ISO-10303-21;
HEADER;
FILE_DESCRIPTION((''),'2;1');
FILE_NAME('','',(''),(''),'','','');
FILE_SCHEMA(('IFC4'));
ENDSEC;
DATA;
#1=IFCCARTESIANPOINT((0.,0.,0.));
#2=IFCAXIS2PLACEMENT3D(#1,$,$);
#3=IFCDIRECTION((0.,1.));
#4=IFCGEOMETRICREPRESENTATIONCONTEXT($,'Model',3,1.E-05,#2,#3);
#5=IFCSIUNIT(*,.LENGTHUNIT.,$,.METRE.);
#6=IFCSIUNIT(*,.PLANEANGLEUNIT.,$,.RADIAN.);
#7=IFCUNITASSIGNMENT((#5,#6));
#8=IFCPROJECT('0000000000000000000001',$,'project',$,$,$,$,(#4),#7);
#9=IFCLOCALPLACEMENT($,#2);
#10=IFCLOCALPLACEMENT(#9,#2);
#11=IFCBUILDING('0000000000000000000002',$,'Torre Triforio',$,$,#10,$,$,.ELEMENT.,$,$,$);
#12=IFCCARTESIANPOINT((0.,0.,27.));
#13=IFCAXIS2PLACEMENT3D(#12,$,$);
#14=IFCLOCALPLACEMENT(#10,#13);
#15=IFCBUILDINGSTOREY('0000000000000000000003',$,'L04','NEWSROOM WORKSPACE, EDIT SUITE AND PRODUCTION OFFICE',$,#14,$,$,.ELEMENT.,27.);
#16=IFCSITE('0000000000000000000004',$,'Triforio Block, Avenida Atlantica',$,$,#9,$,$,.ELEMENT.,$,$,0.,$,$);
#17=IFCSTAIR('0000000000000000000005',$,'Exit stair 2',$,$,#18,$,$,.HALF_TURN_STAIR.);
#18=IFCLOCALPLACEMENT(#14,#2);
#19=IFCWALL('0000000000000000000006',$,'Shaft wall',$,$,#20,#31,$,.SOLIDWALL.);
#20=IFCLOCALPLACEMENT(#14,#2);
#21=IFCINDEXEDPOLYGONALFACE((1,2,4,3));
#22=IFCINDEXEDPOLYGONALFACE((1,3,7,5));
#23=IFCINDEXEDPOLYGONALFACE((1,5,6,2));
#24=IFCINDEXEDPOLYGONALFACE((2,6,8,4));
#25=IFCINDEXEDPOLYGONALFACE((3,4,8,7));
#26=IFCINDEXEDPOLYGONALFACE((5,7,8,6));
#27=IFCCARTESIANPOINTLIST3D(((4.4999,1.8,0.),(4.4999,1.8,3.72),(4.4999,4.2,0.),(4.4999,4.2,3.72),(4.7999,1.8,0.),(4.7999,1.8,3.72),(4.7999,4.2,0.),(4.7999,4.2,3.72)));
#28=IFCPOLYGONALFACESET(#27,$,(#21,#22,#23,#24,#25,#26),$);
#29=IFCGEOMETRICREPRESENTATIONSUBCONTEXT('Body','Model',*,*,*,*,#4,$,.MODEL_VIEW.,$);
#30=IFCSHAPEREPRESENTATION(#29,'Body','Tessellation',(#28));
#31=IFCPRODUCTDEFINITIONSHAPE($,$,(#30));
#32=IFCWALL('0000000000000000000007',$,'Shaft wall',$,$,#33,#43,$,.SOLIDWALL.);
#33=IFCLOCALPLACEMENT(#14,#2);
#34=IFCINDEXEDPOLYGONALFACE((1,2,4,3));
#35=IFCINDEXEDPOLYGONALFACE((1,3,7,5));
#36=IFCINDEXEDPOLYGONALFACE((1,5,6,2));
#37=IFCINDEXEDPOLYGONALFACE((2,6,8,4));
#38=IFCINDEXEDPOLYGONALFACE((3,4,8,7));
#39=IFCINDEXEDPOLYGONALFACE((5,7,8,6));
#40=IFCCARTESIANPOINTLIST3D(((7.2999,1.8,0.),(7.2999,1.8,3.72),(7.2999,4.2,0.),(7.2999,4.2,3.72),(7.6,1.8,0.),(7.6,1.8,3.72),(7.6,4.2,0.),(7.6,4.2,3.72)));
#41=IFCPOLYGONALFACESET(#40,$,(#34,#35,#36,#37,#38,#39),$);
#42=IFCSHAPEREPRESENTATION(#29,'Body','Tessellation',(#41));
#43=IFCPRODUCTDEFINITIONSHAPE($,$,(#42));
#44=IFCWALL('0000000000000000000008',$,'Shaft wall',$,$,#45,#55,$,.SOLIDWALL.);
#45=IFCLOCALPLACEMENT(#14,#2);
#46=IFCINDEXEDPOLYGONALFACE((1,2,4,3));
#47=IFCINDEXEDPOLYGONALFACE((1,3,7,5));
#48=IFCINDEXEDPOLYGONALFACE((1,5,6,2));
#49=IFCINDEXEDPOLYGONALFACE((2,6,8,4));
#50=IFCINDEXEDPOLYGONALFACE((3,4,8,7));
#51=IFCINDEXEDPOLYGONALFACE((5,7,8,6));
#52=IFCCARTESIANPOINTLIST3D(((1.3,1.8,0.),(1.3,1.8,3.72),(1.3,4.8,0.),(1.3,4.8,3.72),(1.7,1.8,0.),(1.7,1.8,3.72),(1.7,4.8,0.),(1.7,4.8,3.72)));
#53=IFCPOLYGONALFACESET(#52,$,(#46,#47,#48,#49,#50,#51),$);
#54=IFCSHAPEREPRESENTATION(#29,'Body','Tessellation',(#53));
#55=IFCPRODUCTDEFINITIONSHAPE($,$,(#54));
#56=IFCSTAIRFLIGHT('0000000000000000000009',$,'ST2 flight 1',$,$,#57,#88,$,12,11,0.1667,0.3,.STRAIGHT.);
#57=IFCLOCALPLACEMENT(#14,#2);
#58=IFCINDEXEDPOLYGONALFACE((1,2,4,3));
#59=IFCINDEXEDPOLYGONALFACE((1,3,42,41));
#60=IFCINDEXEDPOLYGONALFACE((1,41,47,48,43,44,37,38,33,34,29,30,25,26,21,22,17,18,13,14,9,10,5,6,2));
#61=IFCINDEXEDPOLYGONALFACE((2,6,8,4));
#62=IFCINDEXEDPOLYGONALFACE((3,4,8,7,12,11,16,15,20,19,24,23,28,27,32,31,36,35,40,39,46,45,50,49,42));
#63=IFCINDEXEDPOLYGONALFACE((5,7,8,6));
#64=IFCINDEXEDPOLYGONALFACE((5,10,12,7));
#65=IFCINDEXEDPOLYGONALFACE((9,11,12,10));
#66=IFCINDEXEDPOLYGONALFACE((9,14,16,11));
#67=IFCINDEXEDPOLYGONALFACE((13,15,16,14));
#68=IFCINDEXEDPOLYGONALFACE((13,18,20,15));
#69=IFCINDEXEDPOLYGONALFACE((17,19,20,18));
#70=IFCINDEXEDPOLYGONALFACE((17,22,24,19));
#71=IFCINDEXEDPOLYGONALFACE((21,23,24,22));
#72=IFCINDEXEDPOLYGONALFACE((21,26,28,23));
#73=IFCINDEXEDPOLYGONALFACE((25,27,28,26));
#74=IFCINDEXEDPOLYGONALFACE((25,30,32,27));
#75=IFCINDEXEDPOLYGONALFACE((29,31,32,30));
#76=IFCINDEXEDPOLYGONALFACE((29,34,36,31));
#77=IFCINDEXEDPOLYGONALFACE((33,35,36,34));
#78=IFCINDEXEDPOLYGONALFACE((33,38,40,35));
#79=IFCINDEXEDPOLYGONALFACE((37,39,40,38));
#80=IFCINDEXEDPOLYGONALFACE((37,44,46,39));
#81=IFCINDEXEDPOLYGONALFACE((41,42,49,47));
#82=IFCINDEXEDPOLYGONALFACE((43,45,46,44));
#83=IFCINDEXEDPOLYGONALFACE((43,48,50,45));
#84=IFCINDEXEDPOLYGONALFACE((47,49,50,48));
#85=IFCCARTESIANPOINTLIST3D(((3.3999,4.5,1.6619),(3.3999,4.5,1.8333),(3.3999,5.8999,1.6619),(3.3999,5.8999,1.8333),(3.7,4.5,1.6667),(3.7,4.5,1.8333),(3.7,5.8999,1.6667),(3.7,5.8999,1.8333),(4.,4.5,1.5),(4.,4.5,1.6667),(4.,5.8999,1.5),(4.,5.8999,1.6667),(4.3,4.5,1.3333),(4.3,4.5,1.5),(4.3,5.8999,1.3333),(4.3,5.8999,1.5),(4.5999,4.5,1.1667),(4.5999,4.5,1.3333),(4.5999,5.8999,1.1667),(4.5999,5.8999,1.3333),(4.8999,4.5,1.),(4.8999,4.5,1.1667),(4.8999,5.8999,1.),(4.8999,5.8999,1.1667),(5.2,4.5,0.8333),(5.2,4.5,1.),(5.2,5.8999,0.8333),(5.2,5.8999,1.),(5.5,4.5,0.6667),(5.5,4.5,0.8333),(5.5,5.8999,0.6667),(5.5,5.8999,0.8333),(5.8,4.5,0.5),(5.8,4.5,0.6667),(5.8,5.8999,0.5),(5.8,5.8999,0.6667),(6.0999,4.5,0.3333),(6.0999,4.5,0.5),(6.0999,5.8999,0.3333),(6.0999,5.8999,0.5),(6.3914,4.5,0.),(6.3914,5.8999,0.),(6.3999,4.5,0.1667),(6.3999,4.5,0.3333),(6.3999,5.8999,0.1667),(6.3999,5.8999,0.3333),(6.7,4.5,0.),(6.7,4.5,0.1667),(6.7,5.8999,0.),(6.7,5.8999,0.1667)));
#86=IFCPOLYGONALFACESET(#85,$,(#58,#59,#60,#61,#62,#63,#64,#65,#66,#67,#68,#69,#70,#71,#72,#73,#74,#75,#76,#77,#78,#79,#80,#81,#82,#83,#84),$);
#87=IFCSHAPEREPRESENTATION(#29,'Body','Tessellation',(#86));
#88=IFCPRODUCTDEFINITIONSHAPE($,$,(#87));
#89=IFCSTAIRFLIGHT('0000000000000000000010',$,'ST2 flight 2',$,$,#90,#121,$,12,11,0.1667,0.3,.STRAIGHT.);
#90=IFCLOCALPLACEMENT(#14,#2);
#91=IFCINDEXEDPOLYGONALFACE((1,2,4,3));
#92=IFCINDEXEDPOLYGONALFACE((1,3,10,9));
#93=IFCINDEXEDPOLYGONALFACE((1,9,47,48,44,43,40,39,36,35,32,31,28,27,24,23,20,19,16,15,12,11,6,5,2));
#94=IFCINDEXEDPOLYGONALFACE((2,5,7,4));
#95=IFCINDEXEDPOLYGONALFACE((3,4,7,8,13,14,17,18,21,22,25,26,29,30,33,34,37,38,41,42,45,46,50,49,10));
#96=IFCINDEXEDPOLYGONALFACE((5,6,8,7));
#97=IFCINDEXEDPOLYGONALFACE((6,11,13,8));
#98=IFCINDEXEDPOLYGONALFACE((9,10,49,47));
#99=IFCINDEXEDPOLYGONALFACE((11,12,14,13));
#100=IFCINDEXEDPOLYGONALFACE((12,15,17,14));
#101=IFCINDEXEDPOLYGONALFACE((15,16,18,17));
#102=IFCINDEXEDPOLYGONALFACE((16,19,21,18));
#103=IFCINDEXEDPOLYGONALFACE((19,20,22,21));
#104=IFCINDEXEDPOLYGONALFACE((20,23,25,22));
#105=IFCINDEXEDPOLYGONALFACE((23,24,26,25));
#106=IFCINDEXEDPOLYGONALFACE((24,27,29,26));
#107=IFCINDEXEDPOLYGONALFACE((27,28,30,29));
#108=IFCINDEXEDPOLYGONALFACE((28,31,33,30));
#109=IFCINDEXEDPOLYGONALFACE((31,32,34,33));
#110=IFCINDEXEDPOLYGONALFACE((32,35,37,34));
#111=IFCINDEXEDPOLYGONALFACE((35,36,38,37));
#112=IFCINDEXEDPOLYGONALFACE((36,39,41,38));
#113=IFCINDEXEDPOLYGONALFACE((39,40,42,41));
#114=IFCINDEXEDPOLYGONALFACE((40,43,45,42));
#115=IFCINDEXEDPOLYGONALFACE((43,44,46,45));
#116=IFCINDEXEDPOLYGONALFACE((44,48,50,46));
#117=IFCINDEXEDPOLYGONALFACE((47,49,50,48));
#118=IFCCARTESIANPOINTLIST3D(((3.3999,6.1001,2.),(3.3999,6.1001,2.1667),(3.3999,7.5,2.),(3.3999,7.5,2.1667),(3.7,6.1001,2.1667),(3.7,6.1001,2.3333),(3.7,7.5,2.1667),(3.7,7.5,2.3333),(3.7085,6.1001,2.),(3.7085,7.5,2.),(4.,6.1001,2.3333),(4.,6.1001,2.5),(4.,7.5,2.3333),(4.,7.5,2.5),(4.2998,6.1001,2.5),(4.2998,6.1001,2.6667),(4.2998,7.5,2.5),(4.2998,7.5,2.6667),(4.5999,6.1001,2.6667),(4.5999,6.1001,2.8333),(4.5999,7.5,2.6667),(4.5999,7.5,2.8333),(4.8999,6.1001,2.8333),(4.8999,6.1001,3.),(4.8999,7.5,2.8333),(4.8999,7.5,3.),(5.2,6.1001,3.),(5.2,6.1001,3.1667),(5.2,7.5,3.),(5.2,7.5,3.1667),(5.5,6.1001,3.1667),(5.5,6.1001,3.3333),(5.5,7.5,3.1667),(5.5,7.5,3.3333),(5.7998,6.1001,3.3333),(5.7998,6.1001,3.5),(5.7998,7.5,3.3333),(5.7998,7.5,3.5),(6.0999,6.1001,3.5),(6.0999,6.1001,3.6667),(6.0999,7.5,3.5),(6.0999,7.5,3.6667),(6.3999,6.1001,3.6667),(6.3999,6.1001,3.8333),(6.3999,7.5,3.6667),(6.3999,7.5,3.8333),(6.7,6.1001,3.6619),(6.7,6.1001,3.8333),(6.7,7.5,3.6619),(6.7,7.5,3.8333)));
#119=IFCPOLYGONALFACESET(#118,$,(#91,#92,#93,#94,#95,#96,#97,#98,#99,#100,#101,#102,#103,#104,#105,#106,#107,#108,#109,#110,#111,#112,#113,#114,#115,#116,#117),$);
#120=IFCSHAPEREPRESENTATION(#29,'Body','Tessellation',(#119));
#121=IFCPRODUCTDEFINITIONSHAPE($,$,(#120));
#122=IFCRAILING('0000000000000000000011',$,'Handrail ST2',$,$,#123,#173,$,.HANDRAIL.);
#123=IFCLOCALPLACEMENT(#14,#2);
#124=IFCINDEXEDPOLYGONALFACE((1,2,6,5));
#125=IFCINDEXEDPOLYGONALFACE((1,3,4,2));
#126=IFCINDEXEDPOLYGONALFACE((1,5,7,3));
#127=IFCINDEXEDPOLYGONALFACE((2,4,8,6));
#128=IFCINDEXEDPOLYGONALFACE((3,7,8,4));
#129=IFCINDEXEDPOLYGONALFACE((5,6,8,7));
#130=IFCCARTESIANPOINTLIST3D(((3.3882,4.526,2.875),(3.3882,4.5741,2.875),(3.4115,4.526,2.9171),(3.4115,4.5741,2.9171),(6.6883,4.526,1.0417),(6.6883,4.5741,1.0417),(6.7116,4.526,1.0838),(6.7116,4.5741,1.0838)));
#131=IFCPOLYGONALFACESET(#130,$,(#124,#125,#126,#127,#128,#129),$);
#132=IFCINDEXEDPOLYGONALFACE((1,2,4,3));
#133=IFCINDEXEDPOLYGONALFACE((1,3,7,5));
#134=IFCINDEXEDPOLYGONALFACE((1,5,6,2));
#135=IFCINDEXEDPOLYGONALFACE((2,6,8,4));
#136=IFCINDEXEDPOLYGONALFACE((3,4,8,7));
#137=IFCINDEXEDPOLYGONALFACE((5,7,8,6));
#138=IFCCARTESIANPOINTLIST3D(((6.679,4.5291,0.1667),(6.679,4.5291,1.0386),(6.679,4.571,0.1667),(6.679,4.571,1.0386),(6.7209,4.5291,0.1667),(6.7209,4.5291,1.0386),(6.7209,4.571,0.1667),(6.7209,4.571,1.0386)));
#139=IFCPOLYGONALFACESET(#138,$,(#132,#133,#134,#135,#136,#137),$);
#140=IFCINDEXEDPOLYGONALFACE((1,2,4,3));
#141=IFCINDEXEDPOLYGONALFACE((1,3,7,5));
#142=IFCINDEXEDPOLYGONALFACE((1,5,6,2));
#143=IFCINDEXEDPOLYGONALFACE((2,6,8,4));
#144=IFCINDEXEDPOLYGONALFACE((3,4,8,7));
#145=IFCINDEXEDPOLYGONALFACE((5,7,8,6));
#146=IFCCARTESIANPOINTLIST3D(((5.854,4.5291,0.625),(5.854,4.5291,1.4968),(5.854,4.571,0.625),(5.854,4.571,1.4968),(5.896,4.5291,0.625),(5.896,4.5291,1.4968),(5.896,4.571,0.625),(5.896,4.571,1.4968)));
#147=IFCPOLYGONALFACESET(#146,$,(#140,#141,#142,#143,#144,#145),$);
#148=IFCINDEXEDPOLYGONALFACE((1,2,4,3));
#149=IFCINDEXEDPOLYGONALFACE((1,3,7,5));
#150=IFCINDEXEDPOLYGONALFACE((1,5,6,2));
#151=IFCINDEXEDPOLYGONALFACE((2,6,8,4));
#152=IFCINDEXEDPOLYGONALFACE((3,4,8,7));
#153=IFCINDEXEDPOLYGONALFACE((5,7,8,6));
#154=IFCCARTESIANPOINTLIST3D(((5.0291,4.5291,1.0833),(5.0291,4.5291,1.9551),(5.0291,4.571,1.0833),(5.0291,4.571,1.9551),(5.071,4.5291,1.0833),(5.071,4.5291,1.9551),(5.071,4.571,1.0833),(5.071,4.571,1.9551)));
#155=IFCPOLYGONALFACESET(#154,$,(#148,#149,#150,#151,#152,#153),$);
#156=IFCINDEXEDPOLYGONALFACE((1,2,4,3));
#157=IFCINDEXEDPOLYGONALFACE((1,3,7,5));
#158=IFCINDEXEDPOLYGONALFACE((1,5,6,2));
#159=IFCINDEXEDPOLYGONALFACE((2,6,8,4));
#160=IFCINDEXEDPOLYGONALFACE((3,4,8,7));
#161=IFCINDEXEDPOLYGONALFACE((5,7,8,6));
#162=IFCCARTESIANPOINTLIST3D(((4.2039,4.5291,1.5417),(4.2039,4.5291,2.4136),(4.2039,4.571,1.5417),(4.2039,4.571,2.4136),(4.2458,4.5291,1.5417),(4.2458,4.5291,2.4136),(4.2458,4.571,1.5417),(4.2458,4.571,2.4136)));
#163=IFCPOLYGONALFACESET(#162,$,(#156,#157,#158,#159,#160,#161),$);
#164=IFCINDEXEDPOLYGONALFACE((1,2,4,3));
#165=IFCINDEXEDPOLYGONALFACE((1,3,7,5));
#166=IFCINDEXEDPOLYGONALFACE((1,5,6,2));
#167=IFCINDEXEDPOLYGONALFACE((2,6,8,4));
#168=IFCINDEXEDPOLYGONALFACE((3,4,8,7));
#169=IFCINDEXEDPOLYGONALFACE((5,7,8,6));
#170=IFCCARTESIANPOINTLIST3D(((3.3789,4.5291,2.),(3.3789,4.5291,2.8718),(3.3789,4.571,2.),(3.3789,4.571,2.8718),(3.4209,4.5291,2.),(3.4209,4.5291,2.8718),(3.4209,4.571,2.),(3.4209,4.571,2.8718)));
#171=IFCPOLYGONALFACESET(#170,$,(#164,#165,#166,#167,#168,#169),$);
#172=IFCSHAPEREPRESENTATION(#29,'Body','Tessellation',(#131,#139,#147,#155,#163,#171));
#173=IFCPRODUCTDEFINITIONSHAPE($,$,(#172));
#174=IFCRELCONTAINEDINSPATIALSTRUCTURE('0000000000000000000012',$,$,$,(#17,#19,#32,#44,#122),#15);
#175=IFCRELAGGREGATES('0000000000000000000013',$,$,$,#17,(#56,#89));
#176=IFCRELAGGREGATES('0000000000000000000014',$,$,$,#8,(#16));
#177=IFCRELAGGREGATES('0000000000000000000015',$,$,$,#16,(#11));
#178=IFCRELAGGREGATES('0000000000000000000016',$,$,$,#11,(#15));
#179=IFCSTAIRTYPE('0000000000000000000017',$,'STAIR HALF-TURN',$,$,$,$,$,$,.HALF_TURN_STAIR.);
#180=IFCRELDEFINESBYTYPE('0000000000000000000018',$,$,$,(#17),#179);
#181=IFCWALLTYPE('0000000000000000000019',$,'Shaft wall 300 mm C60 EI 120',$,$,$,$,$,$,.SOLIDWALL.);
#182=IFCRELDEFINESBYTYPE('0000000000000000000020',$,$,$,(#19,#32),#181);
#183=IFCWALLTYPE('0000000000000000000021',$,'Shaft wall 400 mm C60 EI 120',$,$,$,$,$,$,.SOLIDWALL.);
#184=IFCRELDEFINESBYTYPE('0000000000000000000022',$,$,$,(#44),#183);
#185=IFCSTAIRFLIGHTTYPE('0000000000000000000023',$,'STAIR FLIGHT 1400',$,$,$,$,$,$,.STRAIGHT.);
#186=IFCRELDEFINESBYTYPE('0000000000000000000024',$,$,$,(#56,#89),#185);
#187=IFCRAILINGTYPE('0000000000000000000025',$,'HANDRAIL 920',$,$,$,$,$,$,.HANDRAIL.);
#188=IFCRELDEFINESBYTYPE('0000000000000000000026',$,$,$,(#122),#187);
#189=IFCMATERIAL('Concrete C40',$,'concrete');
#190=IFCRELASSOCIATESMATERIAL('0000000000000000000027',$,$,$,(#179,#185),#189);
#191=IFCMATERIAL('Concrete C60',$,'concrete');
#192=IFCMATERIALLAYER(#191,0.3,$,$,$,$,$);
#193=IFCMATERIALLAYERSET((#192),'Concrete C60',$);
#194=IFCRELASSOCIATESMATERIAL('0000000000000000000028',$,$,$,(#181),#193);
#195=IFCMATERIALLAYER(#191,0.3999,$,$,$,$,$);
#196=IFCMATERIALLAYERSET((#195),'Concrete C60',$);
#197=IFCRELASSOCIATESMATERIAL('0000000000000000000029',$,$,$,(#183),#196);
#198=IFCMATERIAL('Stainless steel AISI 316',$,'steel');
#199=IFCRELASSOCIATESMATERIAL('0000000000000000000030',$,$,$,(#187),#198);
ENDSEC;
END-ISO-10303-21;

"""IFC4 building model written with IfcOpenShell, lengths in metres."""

from ifc_helpers import new_model, si_unit, direction, frame, frame_2d, origin, origin_2d, place, context, subcontext, project, spatial, polyline, rectangle, outline, extrude, material, layer, layer_set, type_object, element, aggregate, save


model = new_model("IFC4")

# Units and contexts
model_context = context("Model", 3, precision=1e-05, world=origin(), true_north=direction((0.0, 1.0)))
body_context = subcontext(model_context, "Body", "Model", "MODEL_VIEW")
ifc_project = project(units=[si_unit("LENGTHUNIT", "METRE"), si_unit("PLANEANGLEUNIT", "RADIAN")], contexts=[model_context])

# Site, building, storey
site_placement = place(None, origin())
site = spatial("IfcSite", under=ifc_project, at=site_placement, Name="Triforio Block, Avenida Atlantica", CompositionType="ELEMENT", RefElevation=0.0)
building_placement = place(site_placement, origin())
building = spatial("IfcBuilding", under=site, at=building_placement, Name="Torre Triforio", CompositionType="ELEMENT")
storey_placement = place(building_placement, frame((0.0, 0.0, 27.0)))
storey = spatial("IfcBuildingStorey", under=building, at=storey_placement, Name="L04", Description="NEWSROOM WORKSPACE, EDIT SUITE AND PRODUCTION OFFICE", CompositionType="ELEMENT", Elevation=27.0)

# Shared definitions
ifc_material_1 = material(Name="Concrete C60", Category="concrete")

# Stair
ifc_material_2 = material(Name="Concrete C40", Category="concrete")
stair_type = type_object("IfcStairType", Name="STAIR HALF-TURN", PredefinedType="HALF_TURN_STAIR", material=ifc_material_2)
stair_1_placement = place(storey_placement, origin())
stair_1 = element("IfcStair", 1, at=stair_1_placement, inside=storey, type_object=stair_type, Name="Exit stair 2", PredefinedType="HALF_TURN_STAIR")

# Walls
ifc_layer_1 = layer(ifc_material_1, 0.3)
ifc_layer_set_1 = layer_set([ifc_layer_1], Name="Concrete C60")
wall_type_1 = type_object("IfcWallType", Name="Shaft wall 300 mm C60 EI 120", PredefinedType="SOLIDWALL", material=ifc_layer_set_1)
for number, where, z_axis, x_axis, name in (
    (2, (4.6499, 1.8, 0.0), (0.0, 0.0, 1.0), (0.0, 1.0, 0.0), "Shaft wall"),
    (3, (7.45, 1.8, 0.0), (0.0, 0.0, 1.0), (0.0, 1.0, 0.0), "Shaft wall"),
):
    element("IfcWall", number, at=place(storey_placement, frame(where, z_axis=z_axis, x_axis=x_axis)), inside=storey, type_object=wall_type_1, Name=name, PredefinedType="SOLIDWALL", context=body_context, shape_type="SweptSolid", body=[
        extrude(rectangle(XDim=2.3999, YDim=0.3, at=frame_2d((1.2, 0.0))), origin(), (0.0, 0.0, 1.0), 3.72),
    ])
ifc_layer_2 = layer(ifc_material_1, 0.3999)
ifc_layer_set_2 = layer_set([ifc_layer_2], Name="Concrete C60")
wall_type_2 = type_object("IfcWallType", Name="Shaft wall 400 mm C60 EI 120", PredefinedType="SOLIDWALL", material=ifc_layer_set_2)
wall_1_placement = place(storey_placement, frame((1.5, 1.8, 0.0), z_axis=(0.0, 0.0, 1.0), x_axis=(0.0, 1.0, 0.0)))
element("IfcWall", 4, at=wall_1_placement, inside=storey, type_object=wall_type_2, Name="Shaft wall", PredefinedType="SOLIDWALL", context=body_context, shape_type="SweptSolid", body=[
    extrude(rectangle(XDim=3.0, YDim=0.3999, at=frame_2d((1.5, 0.0))), origin(), (0.0, 0.0, 1.0), 3.72),
])

# Stair flights
stair_flight_type = type_object("IfcStairFlightType", Name="STAIR FLIGHT 1400", PredefinedType="STRAIGHT", material=ifc_material_2)
stair_flight_1_placement = place(storey_placement, frame((6.7, 5.2, 0.0), z_axis=(0.0, 0.0, 1.0), x_axis=(-1.0, 0.0, 0.0)))
stair_flight_1 = element("IfcStairFlight", 5, at=stair_flight_1_placement, type_object=stair_flight_type, Name="ST2 flight 1", NumberOfRisers=12, NumberOfTreads=11, PredefinedType="STRAIGHT", RiserHeight=0.1667, TreadLength=0.3, context=body_context, shape_type="SweptSolid", body=[
    extrude(outline(polyline([(0.0, 0.0), (0.0, 0.1667), (0.3, 0.1667), (0.3, 0.3333), (0.6001, 0.3333), (0.6001, 0.5), (0.8999, 0.5), (0.8999, 0.6667), (1.2, 0.6667), (1.2, 0.8333), (1.5, 0.8333), (1.5, 1.0), (1.8, 1.0), (1.8, 1.1667), (2.1001, 1.1667), (2.1001, 1.3333), (2.3999, 1.3333), (2.3999, 1.5), (2.7, 1.5), (2.7, 1.6667), (3.0, 1.6667), (3.0, 1.8333), (3.3, 1.8333), (3.3, 2.0), (3.3, 1.6619), (0.3086, 0.0), (0.0, 0.0)])), frame((0.0, 0.7, 0.0), z_axis=(0.0, -1.0, 0.0), x_axis=(1.0, 0.0, 0.0)), (0.0, 0.0, 1.0), 1.3999),
])
stair_flight_2_placement = place(storey_placement, frame((3.3999, 6.8, 2.0), z_axis=(0.0, 0.0, 1.0), x_axis=(1.0, 0.0, 0.0)))
stair_flight_2 = element("IfcStairFlight", 6, at=stair_flight_2_placement, type_object=stair_flight_type, Name="ST2 flight 2", NumberOfRisers=12, NumberOfTreads=11, PredefinedType="STRAIGHT", RiserHeight=0.1667, TreadLength=0.3, context=body_context, shape_type="SweptSolid", body=[
    extrude(outline(polyline([(0.0, 0.0), (0.0, 0.1667), (0.3, 0.1667), (0.3, 0.3333), (0.6001, 0.3333), (0.6001, 0.5), (0.8999, 0.5), (0.8999, 0.6667), (1.2, 0.6667), (1.2, 0.8333), (1.5, 0.8333), (1.5, 1.0), (1.8, 1.0), (1.8, 1.1667), (2.1001, 1.1667), (2.1001, 1.3333), (2.3999, 1.3333), (2.3999, 1.5), (2.7, 1.5), (2.7, 1.6667), (3.0, 1.6667), (3.0, 1.8333), (3.3, 1.8333), (3.3, 2.0), (3.3, 1.6619), (0.3086, 0.0), (0.0, 0.0)])), frame((0.0, 0.7, 0.0), z_axis=(0.0, -1.0, 0.0), x_axis=(1.0, 0.0, 0.0)), (0.0, 0.0, 1.0), 1.3999),
])
aggregate(stair_1, [stair_flight_1, stair_flight_2])

# Railing
ifc_material_3 = material(Name="Stainless steel AISI 316", Category="steel")
railing_type = type_object("IfcRailingType", Name="HANDRAIL 920", PredefinedType="HANDRAIL", material=ifc_material_3)
for number, where, name in (
    (7, (6.7, 4.55, 0.1667), "Handrail ST2"),
):
    element("IfcRailing", number, at=place(storey_placement, frame(where)), inside=storey, type_object=railing_type, Name=name, PredefinedType="HANDRAIL", context=body_context, shape_type="SweptSolid", body=[
        extrude(rectangle(XDim=0.0481, YDim=0.0481, at=origin_2d()), frame((0.0, 0.0, 0.896), z_axis=(-0.874169, 0.0, 0.485621), x_axis=(0.0, -1.0, 0.0)), (0.0, 0.0, 1.0), 3.7751),
        extrude(rectangle(XDim=0.042, YDim=0.042, at=origin_2d()), origin(), (0.0, 0.0, 1.0), 0.8718),
        extrude(rectangle(XDim=0.042, YDim=0.042, at=origin_2d()), frame((-0.825, 0.0, 0.4583)), (0.0, 0.0, 1.0), 0.8718),
        extrude(rectangle(XDim=0.042, YDim=0.042, at=origin_2d()), frame((-1.6499, 0.0, 0.9165)), (0.0, 0.0, 1.0), 0.8718),
        extrude(rectangle(XDim=0.042, YDim=0.042, at=origin_2d()), frame((-2.4751, 0.0, 1.375)), (0.0, 0.0, 1.0), 0.8718),
        extrude(rectangle(XDim=0.042, YDim=0.042, at=origin_2d()), frame((-3.3, 0.0, 1.8333)), (0.0, 0.0, 1.0), 0.8718),
    ])

save(model, "model.ifc")
